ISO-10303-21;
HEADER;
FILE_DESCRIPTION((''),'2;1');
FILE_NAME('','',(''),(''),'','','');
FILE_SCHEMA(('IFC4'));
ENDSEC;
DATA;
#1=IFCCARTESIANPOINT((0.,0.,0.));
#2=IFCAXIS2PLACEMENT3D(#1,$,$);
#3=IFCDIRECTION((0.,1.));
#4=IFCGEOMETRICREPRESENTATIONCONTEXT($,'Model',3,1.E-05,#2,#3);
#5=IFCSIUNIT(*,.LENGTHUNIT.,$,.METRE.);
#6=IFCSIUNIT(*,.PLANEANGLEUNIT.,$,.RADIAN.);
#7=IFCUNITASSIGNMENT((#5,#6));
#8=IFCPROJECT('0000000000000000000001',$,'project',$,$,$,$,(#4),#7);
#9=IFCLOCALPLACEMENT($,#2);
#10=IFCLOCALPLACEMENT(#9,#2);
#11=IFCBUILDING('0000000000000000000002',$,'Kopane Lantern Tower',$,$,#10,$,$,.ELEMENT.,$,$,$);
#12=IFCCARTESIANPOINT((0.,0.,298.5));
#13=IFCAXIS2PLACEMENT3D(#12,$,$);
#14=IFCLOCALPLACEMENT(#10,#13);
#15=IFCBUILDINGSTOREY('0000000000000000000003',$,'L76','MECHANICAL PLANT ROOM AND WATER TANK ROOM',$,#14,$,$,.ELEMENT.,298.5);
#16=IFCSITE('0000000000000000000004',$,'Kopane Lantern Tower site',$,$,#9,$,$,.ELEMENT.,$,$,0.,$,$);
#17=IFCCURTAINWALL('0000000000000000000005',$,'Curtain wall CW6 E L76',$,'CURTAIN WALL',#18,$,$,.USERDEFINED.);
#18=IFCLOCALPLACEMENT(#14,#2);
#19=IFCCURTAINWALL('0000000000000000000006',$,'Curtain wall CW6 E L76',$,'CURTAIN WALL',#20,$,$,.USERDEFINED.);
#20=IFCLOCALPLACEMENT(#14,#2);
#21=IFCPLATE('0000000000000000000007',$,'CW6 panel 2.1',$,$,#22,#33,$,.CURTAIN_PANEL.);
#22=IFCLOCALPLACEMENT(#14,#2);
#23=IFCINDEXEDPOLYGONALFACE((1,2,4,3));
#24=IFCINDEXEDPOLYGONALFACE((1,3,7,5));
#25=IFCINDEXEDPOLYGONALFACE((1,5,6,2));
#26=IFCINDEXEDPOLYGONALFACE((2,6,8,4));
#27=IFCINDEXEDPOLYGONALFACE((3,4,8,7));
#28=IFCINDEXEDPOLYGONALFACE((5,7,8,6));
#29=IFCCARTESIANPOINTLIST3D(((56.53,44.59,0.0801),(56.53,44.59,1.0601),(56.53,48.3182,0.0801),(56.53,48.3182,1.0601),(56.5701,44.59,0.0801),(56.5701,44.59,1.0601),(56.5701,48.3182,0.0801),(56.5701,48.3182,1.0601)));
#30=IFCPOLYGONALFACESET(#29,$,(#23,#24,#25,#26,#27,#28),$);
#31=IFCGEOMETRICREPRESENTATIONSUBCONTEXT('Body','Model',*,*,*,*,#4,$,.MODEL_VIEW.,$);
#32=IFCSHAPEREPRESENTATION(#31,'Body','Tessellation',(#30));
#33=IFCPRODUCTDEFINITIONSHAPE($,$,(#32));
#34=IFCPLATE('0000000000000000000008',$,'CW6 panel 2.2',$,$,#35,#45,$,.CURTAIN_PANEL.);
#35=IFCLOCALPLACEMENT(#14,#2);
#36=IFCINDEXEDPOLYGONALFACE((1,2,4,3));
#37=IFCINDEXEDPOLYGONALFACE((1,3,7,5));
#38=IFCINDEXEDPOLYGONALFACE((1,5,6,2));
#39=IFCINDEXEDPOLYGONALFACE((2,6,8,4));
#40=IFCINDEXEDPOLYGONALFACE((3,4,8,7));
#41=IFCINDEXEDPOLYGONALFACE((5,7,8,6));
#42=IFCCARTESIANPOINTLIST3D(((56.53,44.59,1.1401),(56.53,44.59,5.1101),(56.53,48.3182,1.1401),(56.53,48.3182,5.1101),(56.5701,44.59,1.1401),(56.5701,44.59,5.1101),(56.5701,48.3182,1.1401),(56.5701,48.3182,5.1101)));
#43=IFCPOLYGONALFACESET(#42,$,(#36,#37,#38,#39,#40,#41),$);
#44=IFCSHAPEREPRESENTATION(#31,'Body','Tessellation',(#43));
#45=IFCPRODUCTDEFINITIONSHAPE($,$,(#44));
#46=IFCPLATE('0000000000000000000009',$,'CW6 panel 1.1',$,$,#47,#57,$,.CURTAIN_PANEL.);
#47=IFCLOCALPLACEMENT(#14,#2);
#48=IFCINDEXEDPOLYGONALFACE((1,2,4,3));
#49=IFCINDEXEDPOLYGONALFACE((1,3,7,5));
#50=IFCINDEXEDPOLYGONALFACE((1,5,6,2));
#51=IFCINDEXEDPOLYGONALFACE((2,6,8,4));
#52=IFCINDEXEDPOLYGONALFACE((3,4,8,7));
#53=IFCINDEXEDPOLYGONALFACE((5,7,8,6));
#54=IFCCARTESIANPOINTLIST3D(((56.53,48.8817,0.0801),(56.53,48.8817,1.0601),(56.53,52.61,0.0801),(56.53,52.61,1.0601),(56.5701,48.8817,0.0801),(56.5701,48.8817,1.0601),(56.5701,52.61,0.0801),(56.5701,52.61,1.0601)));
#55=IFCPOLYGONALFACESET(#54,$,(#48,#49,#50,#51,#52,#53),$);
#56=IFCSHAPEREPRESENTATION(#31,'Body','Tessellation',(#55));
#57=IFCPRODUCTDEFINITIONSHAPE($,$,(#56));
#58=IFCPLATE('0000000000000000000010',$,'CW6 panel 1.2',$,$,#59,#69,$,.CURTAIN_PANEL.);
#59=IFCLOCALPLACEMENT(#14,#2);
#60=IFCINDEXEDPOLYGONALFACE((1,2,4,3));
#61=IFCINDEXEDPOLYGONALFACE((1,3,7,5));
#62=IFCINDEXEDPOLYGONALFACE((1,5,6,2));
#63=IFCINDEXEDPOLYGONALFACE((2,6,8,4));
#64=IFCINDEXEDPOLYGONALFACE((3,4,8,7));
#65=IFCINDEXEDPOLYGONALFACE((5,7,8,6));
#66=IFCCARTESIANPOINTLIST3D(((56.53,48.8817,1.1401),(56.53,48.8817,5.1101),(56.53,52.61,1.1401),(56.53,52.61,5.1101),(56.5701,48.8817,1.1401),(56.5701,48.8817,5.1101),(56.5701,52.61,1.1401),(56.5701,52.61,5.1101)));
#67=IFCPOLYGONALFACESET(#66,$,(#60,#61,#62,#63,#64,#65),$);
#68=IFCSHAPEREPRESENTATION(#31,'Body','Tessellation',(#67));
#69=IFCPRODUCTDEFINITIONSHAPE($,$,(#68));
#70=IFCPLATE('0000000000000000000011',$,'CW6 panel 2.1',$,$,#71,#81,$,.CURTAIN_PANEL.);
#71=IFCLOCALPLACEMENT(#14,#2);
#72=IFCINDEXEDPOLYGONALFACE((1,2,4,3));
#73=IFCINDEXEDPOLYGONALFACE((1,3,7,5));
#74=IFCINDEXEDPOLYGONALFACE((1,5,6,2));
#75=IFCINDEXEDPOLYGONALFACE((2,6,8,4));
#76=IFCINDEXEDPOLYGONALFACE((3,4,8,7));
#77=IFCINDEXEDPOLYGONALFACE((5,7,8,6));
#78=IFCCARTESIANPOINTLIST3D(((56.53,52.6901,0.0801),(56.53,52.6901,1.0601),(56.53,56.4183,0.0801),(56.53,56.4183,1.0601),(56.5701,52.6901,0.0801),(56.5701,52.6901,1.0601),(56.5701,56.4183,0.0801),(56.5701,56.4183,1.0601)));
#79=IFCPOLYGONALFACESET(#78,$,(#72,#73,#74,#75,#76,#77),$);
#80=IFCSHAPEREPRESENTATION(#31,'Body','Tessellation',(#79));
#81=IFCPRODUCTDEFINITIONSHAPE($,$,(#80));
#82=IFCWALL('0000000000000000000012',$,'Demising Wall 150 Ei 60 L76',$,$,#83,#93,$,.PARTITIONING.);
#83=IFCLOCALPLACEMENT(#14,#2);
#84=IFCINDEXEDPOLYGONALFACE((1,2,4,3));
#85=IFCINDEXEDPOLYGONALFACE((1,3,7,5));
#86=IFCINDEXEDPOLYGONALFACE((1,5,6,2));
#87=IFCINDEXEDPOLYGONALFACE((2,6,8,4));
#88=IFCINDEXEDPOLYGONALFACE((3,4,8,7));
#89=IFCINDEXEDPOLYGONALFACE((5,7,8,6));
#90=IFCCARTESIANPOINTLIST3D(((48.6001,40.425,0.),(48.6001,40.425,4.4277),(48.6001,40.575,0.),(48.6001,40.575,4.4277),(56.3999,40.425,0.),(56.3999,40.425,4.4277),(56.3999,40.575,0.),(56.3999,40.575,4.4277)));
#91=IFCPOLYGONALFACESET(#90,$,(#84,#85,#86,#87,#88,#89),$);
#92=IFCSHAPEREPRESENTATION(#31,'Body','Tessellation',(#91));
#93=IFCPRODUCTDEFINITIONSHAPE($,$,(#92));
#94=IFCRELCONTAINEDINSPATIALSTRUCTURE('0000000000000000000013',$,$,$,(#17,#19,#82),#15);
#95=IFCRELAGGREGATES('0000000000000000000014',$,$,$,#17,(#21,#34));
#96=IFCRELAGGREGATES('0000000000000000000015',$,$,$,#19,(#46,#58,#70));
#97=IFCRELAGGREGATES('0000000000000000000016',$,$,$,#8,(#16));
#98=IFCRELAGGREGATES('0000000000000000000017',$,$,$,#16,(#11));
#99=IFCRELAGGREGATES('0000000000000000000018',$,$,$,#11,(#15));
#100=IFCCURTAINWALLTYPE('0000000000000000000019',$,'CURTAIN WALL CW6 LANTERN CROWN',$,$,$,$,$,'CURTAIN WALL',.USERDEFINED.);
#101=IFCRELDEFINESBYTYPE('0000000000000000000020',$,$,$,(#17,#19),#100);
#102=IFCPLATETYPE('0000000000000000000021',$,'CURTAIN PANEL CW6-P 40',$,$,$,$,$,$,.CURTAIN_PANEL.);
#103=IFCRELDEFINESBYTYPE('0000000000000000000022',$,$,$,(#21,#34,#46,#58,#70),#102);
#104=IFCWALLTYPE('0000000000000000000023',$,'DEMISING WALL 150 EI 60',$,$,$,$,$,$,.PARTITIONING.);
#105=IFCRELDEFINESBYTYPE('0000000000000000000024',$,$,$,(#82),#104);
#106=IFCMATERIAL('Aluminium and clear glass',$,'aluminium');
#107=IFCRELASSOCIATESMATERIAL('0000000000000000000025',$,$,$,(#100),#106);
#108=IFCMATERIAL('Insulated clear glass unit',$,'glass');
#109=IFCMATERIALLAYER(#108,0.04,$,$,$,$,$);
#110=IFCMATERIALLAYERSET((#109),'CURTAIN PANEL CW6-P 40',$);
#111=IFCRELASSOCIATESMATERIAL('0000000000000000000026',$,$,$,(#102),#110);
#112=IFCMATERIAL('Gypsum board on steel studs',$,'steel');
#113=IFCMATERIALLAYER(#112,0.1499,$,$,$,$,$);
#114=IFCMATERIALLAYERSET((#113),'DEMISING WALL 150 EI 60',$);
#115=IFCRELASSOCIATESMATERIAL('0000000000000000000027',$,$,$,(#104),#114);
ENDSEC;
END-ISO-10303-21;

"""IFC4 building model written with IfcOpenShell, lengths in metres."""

from ifc_helpers import new_model, si_unit, direction, frame, frame_2d, origin, origin_2d, place, context, subcontext, project, spatial, rectangle, extrude, material, layer, layer_set, type_object, element, aggregate, save


model = new_model("IFC4")

# Units and contexts
model_context = context("Model", 3, precision=1e-05, world=origin(), true_north=direction((0.0, 1.0)))
body_context = subcontext(model_context, "Body", "Model", "MODEL_VIEW")
ifc_project = project(units=[si_unit("LENGTHUNIT", "METRE"), si_unit("PLANEANGLEUNIT", "RADIAN")], contexts=[model_context])

# Site, building, storey
site_placement = place(None, origin())
site = spatial("IfcSite", under=ifc_project, at=site_placement, Name="Kopane Lantern Tower site", CompositionType="ELEMENT", RefElevation=0.0)
building_placement = place(site_placement, origin())
building = spatial("IfcBuilding", under=site, at=building_placement, Name="Kopane Lantern Tower", CompositionType="ELEMENT")
storey_placement = place(building_placement, frame((0.0, 0.0, 298.5)))
storey = spatial("IfcBuildingStorey", under=building, at=storey_placement, Name="L76", Description="MECHANICAL PLANT ROOM AND WATER TANK ROOM", CompositionType="ELEMENT", Elevation=298.5)

# Shared definitions
ifc_material_1 = material(Name="Aluminium and clear glass", Category="aluminium")
curtain_wall_type = type_object("IfcCurtainWallType", Name="CURTAIN WALL CW6 LANTERN CROWN", ElementType="CURTAIN WALL", PredefinedType="USERDEFINED", material=ifc_material_1)

# Curtain walls
curtain_wall_1_placement = place(storey_placement, origin())
curtain_wall_1 = element("IfcCurtainWall", 1, at=curtain_wall_1_placement, inside=storey, type_object=curtain_wall_type, Name="Curtain wall CW6 E L76", ObjectType="CURTAIN WALL", PredefinedType="USERDEFINED")
curtain_wall_2_placement = place(storey_placement, origin())
curtain_wall_2 = element("IfcCurtainWall", 2, at=curtain_wall_2_placement, inside=storey, type_object=curtain_wall_type, Name="Curtain wall CW6 E L76", ObjectType="CURTAIN WALL", PredefinedType="USERDEFINED")

# Plates
ifc_material_2 = material(Name="Insulated clear glass unit", Category="glass")
ifc_layer_1 = layer(ifc_material_2, 0.04)
ifc_layer_set_1 = layer_set([ifc_layer_1], Name="CURTAIN PANEL CW6-P 40")
plate_type = type_object("IfcPlateType", Name="CURTAIN PANEL CW6-P 40", PredefinedType="CURTAIN_PANEL", material=ifc_layer_set_1)
plate_1_placement = place(storey_placement, frame((56.55, 46.4541, 0.0801), z_axis=(0.0, 0.0, 1.0), x_axis=(0.0, 1.0, 0.0)))
plate_1 = element("IfcPlate", 3, at=plate_1_placement, type_object=plate_type, Name="CW6 panel 2.1", PredefinedType="CURTAIN_PANEL", context=body_context, shape_type="SweptSolid", body=[
    extrude(rectangle(XDim=3.7283, YDim=0.04, at=origin_2d()), origin(), (0.0, 0.0, 1.0), 0.98),
])
plate_2_placement = place(storey_placement, frame((56.55, 46.4541, 1.1401), z_axis=(0.0, 0.0, 1.0), x_axis=(0.0, 1.0, 0.0)))
plate_2 = element("IfcPlate", 4, at=plate_2_placement, type_object=plate_type, Name="CW6 panel 2.2", PredefinedType="CURTAIN_PANEL", context=body_context, shape_type="SweptSolid", body=[
    extrude(rectangle(XDim=3.7283, YDim=0.04, at=origin_2d()), origin(), (0.0, 0.0, 1.0), 3.97),
])
aggregate(curtain_wall_1, [plate_1, plate_2])
plate_3_placement = place(storey_placement, frame((56.55, 50.7458, 0.0801), z_axis=(0.0, 0.0, 1.0), x_axis=(0.0, 1.0, 0.0)))
plate_3 = element("IfcPlate", 5, at=plate_3_placement, type_object=plate_type, Name="CW6 panel 1.1", PredefinedType="CURTAIN_PANEL", context=body_context, shape_type="SweptSolid", body=[
    extrude(rectangle(XDim=3.7283, YDim=0.04, at=origin_2d()), origin(), (0.0, 0.0, 1.0), 0.98),
])
plate_4_placement = place(storey_placement, frame((56.55, 50.7458, 1.1401), z_axis=(0.0, 0.0, 1.0), x_axis=(0.0, 1.0, 0.0)))
plate_4 = element("IfcPlate", 6, at=plate_4_placement, type_object=plate_type, Name="CW6 panel 1.2", PredefinedType="CURTAIN_PANEL", context=body_context, shape_type="SweptSolid", body=[
    extrude(rectangle(XDim=3.7283, YDim=0.04, at=origin_2d()), origin(), (0.0, 0.0, 1.0), 3.97),
])
plate_5_placement = place(storey_placement, frame((56.55, 54.5542, 0.0801), z_axis=(0.0, 0.0, 1.0), x_axis=(0.0, 1.0, 0.0)))
plate_5 = element("IfcPlate", 7, at=plate_5_placement, type_object=plate_type, Name="CW6 panel 2.1", PredefinedType="CURTAIN_PANEL", context=body_context, shape_type="SweptSolid", body=[
    extrude(rectangle(XDim=3.7283, YDim=0.04, at=origin_2d()), origin(), (0.0, 0.0, 1.0), 0.98),
])
aggregate(curtain_wall_2, [plate_3, plate_4, plate_5])

# Wall
ifc_material_3 = material(Name="Gypsum board on steel studs", Category="steel")
ifc_layer_2 = layer(ifc_material_3, 0.1499)
ifc_layer_set_2 = layer_set([ifc_layer_2], Name="DEMISING WALL 150 EI 60")
wall_type = type_object("IfcWallType", Name="DEMISING WALL 150 EI 60", PredefinedType="PARTITIONING", material=ifc_layer_set_2)
wall_placement = place(storey_placement, frame((48.6001, 40.5, 0.0), z_axis=(0.0, 0.0, 1.0), x_axis=(1.0, 0.0, 0.0)))
element("IfcWall", 8, at=wall_placement, inside=storey, type_object=wall_type, Name="Demising Wall 150 Ei 60 L76", PredefinedType="PARTITIONING", context=body_context, shape_type="SweptSolid", body=[
    extrude(rectangle(XDim=7.7998, YDim=0.1499, at=frame_2d((3.8999, 0.0))), origin(), (0.0, 0.0, 1.0), 4.4277),
])

save(model, "model.ifc")
